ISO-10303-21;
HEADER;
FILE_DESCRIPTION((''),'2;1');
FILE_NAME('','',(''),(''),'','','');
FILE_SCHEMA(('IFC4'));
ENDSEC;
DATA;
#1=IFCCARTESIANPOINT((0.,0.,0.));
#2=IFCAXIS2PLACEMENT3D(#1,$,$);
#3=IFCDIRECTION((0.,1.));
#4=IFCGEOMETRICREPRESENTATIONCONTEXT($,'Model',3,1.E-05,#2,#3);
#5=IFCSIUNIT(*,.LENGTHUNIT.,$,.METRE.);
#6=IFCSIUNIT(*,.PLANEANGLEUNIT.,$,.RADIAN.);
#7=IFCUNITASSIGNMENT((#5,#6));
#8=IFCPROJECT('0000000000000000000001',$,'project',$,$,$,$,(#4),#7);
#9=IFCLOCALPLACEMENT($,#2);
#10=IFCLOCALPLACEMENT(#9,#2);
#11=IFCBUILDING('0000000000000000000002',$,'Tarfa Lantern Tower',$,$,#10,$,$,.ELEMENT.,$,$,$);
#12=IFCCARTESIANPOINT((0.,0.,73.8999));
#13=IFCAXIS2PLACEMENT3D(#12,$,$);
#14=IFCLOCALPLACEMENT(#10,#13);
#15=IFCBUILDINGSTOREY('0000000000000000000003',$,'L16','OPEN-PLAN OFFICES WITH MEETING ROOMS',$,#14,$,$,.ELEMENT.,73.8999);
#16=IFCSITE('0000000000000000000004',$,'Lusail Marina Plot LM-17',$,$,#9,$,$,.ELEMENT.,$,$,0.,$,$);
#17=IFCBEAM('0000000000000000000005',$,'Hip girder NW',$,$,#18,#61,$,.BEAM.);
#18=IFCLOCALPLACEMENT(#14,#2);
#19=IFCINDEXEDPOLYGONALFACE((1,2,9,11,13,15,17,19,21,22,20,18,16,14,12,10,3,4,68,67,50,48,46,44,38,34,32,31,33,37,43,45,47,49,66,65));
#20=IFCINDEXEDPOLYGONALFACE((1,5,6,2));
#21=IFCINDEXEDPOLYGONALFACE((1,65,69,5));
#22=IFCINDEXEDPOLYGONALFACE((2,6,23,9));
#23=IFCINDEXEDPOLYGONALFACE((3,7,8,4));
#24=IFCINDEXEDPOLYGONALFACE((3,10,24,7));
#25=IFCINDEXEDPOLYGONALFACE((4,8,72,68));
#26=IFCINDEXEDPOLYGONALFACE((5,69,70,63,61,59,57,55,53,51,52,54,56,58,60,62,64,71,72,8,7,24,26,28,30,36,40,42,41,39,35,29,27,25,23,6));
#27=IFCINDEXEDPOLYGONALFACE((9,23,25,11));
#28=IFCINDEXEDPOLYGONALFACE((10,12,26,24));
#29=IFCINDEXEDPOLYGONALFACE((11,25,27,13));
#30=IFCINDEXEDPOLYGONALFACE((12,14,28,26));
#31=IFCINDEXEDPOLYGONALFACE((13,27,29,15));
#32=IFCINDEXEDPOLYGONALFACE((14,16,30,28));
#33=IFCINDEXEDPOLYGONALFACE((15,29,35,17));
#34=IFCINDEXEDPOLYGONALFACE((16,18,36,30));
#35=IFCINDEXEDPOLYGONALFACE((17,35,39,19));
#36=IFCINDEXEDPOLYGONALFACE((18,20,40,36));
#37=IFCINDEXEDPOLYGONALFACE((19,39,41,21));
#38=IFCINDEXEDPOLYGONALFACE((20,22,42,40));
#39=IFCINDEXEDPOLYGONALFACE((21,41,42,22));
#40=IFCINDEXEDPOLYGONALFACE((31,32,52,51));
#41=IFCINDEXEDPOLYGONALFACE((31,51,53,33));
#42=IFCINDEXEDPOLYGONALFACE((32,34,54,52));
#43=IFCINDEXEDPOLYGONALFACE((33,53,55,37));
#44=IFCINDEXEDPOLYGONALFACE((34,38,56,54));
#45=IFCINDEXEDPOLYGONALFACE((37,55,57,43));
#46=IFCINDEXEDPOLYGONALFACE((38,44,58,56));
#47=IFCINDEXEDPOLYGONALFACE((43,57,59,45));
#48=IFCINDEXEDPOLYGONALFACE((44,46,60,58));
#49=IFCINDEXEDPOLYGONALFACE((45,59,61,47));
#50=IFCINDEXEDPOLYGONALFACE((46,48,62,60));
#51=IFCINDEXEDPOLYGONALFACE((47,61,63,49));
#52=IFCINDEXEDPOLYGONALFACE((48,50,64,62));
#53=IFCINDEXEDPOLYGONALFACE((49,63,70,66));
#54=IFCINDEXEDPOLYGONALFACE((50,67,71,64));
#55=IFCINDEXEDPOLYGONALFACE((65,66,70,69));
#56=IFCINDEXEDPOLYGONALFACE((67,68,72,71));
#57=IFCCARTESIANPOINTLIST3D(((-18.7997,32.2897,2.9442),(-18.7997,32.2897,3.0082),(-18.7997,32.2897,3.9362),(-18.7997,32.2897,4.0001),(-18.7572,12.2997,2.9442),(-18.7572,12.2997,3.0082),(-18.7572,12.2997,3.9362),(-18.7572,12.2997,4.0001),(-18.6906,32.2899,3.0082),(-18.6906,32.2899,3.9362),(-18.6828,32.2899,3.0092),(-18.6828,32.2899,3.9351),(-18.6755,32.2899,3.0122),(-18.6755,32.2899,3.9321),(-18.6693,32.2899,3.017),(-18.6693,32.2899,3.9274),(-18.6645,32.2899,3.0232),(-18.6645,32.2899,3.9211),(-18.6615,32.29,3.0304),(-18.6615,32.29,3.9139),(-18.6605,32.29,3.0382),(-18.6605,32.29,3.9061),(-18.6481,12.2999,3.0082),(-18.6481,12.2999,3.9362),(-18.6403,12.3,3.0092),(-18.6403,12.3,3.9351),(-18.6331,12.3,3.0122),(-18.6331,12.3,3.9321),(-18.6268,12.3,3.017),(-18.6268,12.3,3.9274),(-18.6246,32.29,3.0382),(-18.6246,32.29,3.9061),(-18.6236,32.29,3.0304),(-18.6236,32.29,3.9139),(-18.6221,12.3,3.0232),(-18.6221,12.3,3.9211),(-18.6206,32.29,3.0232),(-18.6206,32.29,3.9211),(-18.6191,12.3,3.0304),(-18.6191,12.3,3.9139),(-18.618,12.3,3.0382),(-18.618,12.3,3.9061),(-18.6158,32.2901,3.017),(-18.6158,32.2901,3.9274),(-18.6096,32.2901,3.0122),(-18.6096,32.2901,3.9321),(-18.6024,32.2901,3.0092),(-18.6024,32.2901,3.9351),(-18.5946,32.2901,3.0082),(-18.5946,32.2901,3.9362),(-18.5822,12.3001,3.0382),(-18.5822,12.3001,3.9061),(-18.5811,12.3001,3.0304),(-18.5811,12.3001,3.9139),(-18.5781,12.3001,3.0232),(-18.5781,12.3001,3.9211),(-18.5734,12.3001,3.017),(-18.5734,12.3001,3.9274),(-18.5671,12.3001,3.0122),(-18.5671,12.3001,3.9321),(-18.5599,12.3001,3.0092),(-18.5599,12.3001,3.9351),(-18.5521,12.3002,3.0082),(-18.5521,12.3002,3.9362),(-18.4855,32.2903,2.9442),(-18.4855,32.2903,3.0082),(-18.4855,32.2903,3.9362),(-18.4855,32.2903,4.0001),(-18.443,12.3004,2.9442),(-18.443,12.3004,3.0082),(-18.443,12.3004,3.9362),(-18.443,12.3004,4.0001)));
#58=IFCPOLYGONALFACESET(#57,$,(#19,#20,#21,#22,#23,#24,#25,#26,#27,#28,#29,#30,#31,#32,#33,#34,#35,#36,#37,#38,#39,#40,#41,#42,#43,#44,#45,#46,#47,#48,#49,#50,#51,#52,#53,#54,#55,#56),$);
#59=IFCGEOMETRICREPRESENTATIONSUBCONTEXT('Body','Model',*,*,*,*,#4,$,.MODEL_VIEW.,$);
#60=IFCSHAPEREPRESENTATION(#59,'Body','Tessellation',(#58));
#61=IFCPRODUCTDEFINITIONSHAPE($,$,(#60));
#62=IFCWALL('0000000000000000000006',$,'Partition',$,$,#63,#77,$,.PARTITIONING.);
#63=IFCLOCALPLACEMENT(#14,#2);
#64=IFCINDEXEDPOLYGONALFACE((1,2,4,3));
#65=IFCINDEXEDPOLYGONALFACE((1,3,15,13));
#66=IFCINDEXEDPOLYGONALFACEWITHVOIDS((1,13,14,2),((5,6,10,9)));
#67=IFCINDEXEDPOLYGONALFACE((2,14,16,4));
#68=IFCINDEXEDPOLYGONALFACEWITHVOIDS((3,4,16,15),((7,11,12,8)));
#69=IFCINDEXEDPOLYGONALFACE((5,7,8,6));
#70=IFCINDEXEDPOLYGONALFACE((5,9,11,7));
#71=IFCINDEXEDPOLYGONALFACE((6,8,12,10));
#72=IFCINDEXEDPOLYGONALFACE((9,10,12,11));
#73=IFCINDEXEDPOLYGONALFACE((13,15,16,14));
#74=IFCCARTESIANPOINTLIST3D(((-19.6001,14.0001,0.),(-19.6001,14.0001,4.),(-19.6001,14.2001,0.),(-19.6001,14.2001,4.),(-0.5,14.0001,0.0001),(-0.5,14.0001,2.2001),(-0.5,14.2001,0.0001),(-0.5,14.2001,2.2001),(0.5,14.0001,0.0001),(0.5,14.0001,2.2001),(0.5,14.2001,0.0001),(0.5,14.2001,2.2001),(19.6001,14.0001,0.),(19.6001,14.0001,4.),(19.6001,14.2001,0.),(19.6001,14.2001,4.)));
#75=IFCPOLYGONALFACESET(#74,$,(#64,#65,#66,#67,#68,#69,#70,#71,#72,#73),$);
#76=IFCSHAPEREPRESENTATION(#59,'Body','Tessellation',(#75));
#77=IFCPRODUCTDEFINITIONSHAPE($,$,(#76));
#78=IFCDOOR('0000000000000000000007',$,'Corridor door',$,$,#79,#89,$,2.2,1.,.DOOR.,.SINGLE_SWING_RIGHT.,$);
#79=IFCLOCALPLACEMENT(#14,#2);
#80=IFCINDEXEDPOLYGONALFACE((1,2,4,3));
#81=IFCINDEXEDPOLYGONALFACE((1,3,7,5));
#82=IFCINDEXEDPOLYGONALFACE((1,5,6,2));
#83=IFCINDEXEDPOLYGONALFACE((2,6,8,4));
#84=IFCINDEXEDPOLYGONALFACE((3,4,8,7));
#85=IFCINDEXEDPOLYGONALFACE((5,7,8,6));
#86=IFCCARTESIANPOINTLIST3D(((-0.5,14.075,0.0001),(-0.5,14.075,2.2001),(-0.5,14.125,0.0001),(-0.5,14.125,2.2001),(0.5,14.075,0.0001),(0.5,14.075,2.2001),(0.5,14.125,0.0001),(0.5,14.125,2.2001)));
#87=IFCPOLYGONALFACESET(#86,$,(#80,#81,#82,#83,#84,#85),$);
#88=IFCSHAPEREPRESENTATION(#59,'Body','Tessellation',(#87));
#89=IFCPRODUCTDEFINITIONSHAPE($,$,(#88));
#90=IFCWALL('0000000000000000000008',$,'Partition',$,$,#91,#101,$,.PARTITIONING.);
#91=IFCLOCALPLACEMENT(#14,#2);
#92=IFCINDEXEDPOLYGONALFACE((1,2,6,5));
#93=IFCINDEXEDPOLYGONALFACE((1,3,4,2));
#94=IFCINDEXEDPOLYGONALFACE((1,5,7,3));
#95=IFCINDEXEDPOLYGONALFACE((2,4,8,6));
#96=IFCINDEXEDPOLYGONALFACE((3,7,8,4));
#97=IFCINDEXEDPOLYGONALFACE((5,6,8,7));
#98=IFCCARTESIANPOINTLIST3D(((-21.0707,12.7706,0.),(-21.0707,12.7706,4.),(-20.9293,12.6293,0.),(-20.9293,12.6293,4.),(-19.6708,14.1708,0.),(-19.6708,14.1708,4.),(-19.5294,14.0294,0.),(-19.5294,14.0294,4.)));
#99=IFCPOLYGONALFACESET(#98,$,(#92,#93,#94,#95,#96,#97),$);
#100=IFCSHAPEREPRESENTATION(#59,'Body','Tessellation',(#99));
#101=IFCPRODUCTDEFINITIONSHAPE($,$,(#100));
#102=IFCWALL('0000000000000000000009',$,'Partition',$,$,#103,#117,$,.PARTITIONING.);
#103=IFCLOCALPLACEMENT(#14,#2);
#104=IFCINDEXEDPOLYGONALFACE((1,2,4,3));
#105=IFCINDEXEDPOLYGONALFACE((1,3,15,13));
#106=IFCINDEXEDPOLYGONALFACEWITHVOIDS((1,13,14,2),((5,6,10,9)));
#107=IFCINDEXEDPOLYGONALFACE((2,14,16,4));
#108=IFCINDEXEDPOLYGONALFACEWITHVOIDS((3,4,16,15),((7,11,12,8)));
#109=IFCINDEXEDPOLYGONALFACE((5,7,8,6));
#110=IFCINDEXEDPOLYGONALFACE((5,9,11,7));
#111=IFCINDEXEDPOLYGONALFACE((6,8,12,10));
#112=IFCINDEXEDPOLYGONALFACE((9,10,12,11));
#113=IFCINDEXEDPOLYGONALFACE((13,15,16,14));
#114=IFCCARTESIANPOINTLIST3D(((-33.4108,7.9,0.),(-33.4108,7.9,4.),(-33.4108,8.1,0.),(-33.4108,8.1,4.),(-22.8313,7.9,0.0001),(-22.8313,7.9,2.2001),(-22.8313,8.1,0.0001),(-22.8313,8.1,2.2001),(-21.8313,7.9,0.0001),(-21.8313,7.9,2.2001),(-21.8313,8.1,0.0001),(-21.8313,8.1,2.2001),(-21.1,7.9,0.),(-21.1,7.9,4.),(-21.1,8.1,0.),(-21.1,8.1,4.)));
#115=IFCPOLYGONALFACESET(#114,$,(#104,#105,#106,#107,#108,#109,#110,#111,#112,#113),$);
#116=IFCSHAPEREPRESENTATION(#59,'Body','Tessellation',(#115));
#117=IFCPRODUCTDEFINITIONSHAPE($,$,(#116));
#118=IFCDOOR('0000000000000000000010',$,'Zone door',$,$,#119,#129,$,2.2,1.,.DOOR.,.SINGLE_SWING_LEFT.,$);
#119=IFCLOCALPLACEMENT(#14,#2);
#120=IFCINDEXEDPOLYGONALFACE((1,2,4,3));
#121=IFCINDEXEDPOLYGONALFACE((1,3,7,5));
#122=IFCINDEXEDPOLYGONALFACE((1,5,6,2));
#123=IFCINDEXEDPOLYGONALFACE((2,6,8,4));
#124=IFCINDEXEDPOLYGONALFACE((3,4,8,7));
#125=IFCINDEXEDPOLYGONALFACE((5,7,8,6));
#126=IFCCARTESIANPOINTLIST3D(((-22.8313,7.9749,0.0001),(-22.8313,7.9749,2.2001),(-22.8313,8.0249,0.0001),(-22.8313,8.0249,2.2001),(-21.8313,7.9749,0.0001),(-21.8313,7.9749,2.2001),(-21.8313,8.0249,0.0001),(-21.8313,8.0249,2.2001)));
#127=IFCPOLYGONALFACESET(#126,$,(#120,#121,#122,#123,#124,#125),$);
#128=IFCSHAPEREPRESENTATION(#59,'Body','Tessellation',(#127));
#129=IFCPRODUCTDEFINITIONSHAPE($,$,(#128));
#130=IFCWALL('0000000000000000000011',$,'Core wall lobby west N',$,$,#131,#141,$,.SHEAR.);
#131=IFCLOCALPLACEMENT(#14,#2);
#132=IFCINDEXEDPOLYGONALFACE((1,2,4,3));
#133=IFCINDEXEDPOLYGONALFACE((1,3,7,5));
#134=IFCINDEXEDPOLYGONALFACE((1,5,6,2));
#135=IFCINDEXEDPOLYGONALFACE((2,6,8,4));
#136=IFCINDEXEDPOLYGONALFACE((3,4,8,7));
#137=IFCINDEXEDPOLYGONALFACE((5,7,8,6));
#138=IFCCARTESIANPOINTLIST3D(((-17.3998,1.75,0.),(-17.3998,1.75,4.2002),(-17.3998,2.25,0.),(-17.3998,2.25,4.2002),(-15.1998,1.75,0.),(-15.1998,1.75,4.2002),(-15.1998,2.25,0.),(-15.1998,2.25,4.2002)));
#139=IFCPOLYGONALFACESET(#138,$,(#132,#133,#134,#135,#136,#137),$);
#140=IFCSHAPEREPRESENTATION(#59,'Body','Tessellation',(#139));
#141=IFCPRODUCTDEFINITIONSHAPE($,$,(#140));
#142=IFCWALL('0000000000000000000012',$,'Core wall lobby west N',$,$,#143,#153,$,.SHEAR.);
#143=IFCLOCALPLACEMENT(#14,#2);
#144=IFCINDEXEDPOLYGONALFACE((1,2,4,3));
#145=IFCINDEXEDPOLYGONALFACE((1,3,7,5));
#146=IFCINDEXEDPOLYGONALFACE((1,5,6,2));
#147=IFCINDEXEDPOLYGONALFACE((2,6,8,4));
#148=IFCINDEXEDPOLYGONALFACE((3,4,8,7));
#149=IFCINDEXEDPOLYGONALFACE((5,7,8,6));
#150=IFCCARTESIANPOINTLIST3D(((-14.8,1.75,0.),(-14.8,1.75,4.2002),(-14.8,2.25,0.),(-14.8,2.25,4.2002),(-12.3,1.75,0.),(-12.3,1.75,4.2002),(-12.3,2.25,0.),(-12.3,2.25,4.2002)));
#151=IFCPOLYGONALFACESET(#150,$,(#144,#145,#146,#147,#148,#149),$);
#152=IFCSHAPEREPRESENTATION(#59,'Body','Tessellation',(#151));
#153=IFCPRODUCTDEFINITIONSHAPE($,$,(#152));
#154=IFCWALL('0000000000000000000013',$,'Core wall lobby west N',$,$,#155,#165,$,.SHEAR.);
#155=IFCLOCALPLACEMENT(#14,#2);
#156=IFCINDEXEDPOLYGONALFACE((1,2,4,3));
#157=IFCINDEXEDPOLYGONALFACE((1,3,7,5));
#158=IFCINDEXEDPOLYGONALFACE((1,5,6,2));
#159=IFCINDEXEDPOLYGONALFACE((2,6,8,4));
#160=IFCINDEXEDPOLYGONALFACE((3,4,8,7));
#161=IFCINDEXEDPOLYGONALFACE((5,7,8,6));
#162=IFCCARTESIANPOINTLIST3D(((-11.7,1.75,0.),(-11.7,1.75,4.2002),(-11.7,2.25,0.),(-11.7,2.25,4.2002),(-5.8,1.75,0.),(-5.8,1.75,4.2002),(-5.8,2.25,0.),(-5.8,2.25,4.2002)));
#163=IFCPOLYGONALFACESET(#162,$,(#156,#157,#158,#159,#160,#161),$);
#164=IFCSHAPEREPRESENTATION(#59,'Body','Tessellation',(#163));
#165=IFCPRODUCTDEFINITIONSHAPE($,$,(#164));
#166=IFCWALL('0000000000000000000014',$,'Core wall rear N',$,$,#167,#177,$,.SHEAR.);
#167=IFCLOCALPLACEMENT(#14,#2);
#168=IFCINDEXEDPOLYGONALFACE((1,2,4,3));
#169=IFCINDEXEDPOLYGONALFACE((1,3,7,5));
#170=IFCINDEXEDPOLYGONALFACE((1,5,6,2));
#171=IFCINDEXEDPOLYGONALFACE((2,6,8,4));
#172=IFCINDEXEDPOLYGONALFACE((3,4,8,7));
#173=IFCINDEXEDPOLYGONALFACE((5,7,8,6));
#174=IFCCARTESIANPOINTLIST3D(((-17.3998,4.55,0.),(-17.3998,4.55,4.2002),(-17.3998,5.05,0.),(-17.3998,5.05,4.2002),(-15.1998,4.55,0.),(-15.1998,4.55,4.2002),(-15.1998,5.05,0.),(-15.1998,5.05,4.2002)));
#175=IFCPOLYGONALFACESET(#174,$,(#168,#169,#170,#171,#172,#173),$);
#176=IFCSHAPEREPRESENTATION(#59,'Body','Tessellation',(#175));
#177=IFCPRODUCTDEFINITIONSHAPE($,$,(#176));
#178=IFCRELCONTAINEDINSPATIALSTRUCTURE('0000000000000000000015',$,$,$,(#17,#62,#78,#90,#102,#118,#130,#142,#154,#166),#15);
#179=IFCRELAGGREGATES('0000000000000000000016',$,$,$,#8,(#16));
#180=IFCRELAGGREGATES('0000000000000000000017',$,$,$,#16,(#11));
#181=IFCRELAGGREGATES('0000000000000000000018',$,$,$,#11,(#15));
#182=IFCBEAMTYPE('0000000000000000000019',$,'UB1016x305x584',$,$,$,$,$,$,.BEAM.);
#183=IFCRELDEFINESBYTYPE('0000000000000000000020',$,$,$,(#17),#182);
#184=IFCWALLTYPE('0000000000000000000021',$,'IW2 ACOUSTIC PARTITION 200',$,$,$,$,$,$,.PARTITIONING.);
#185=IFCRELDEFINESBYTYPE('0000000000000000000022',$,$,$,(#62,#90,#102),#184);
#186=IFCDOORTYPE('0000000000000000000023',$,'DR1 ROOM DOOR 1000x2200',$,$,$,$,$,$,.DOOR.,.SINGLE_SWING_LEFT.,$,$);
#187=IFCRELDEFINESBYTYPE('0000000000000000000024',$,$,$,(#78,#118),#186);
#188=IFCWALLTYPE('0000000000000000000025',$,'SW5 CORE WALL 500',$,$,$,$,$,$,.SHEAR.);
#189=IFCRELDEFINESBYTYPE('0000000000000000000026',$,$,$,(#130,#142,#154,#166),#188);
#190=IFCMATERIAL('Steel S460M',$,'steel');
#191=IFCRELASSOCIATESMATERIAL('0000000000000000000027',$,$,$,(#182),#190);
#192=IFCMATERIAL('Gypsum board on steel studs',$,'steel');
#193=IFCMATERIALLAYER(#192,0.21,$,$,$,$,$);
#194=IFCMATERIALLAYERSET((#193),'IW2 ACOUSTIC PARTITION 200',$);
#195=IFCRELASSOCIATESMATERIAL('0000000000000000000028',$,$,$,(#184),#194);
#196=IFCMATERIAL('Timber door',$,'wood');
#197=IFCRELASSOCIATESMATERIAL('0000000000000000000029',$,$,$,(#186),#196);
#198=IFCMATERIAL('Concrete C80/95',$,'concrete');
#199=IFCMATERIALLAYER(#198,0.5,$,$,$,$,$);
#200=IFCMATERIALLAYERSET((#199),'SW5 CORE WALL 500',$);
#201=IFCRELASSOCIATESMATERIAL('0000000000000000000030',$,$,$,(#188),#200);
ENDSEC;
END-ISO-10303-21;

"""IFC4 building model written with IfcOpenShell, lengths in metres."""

from ifc_helpers import new_model, si_unit, direction, frame, frame_2d, origin, origin_2d, place, context, subcontext, project, spatial, rectangle, i_section, extrude, material, layer, layer_set, material_profile, profile_set, type_object, element, fill, save


model = new_model("IFC4")

# Units and contexts
model_context = context("Model", 3, precision=1e-05, world=origin(), true_north=direction((0.0, 1.0)))
body_context = subcontext(model_context, "Body", "Model", "MODEL_VIEW")
ifc_project = project(units=[si_unit("LENGTHUNIT", "METRE"), si_unit("PLANEANGLEUNIT", "RADIAN")], contexts=[model_context])

# Site, building, storey
site_placement = place(None, origin())
site = spatial("IfcSite", under=ifc_project, at=site_placement, Name="Lusail Marina Plot LM-17", CompositionType="ELEMENT", RefElevation=0.0)
building_placement = place(site_placement, origin())
building = spatial("IfcBuilding", under=site, at=building_placement, Name="Tarfa Lantern Tower", CompositionType="ELEMENT")
storey_placement = place(building_placement, frame((0.0, 0.0, 73.8999)))
storey = spatial("IfcBuildingStorey", under=building, at=storey_placement, Name="L16", Description="OPEN-PLAN OFFICES WITH MEETING ROOMS", CompositionType="ELEMENT", Elevation=73.8999)

# Beam
ifc_material_1 = material(Name="Steel S460M", Category="steel")
ifc_material_profile = material_profile(ifc_material_1, i_section(OverallWidth=0.3142, OverallDepth=1.0559, WebThickness=0.0359, FlangeThickness=0.064, FilletRadius=0.03, at=origin_2d()), Name="UB1016x305x584")
ifc_profile_set = profile_set([ifc_material_profile], Name="Steel S460M")
beam_type = type_object("IfcBeamType", Name="UB1016x305x584", PredefinedType="BEAM", material=ifc_profile_set)
beam_placement = place(storey_placement, frame((-18.6001, 12.3, 3.4722), z_axis=(-0.002125, 0.999998, 0.0), x_axis=(-0.999998, -0.002125, 0.0)))
element("IfcBeam", 1, at=beam_placement, inside=storey, type_object=beam_type, Name="Hip girder NW", PredefinedType="BEAM", context=body_context, shape_type="SweptSolid", body=[
    extrude(i_section(OverallWidth=0.3142, OverallDepth=1.0559, WebThickness=0.0359, FlangeThickness=0.064, FilletRadius=0.03, at=origin_2d()), origin(), (0.0, 0.0, 1.0), 19.99),
])

# Wall, opening, door
ifc_material_2 = material(Name="Gypsum board on steel studs", Category="steel")
ifc_layer_1 = layer(ifc_material_2, 0.21)
ifc_layer_set_1 = layer_set([ifc_layer_1], Name="IW2 ACOUSTIC PARTITION 200")
wall_type_1 = type_object("IfcWallType", Name="IW2 ACOUSTIC PARTITION 200", PredefinedType="PARTITIONING", material=ifc_layer_set_1)
wall_1_placement = place(storey_placement, frame((-19.6001, 14.1001, 0.0), z_axis=(0.0, 0.0, 1.0), x_axis=(1.0, 0.0, 0.0)))
wall_1 = element("IfcWall", 2, at=wall_1_placement, inside=storey, type_object=wall_type_1, Name="Partition", PredefinedType="PARTITIONING", context=body_context, shape_type="SweptSolid", body=[
    extrude(rectangle(XDim=39.2002, YDim=0.2, at=frame_2d((19.6001, 0.0))), origin(), (0.0, 0.0, 1.0), 4.0),
])
opening_1_placement = place(wall_1_placement, frame((19.1001, 0.0, 0.0)))
opening_1 = element("IfcOpeningElement", 3, at=opening_1_placement, cuts=wall_1, PredefinedType="OPENING", context=body_context, shape_type="SweptSolid", body=[
    extrude(rectangle(XDim=1.0, YDim=2.2, at=frame_2d((0.5, 1.1001))), frame((0.0, 0.1099, 0.0), z_axis=(0.0, -1.0, 0.0), x_axis=(1.0, 0.0, 0.0)), (0.0, 0.0, 1.0), 0.22),
])
ifc_material_3 = material(Name="Timber door", Category="wood")
door_type_1 = type_object("IfcDoorType", Name="DR1 ROOM DOOR 1000x2200", OperationType="SINGLE_SWING_LEFT", PredefinedType="DOOR", material=ifc_material_3)
door_1_placement = place(opening_1_placement, origin())
door_1 = element("IfcDoor", 4, at=door_1_placement, inside=storey, type_object=door_type_1, Name="Corridor door", OperationType="SINGLE_SWING_RIGHT", OverallHeight=2.2, OverallWidth=1.0, PredefinedType="DOOR", context=body_context, shape_type="SweptSolid", body=[
    extrude(rectangle(XDim=1.0, YDim=2.2, at=frame_2d((0.5, 1.1001))), frame((0.0, 0.0249, 0.0), z_axis=(0.0, -1.0, 0.0), x_axis=(1.0, 0.0, 0.0)), (0.0, 0.0, 1.0), 0.05),
])
fill(opening_1, door_1)

# Wall
wall_2_placement = place(storey_placement, frame((-21.0, 12.7, 0.0), z_axis=(0.0, 0.0, 1.0), x_axis=(0.707045, 0.707168, 0.0)))
element("IfcWall", 5, at=wall_2_placement, inside=storey, type_object=wall_type_1, Name="Partition", PredefinedType="PARTITIONING", context=body_context, shape_type="SweptSolid", body=[
    extrude(rectangle(XDim=1.98, YDim=0.2, at=frame_2d((0.99, 0.0))), origin(), (0.0, 0.0, 1.0), 4.0),
])

# Wall, opening, door
wall_3_placement = place(storey_placement, frame((-21.1001, 8.0, 0.0), z_axis=(0.0, 0.0, 1.0), x_axis=(-1.0, 0.0, 0.0)))
wall_3 = element("IfcWall", 6, at=wall_3_placement, inside=storey, type_object=wall_type_1, Name="Partition", PredefinedType="PARTITIONING", context=body_context, shape_type="SweptSolid", body=[
    extrude(rectangle(XDim=12.3108, YDim=0.2, at=frame_2d((6.1553, 0.0))), origin(), (0.0, 0.0, 1.0), 4.0),
])
opening_2_placement = place(wall_3_placement, frame((0.7312, 0.0, 0.0)))
opening_2 = element("IfcOpeningElement", 7, at=opening_2_placement, cuts=wall_3, PredefinedType="OPENING", context=body_context, shape_type="SweptSolid", body=[
    extrude(rectangle(XDim=1.0, YDim=2.2, at=frame_2d((0.5, 1.1001))), frame((0.0, 0.1099, 0.0), z_axis=(0.0, -1.0, 0.0), x_axis=(1.0, 0.0, 0.0)), (0.0, 0.0, 1.0), 0.22),
])
door_2_placement = place(opening_2_placement, frame((1.0, 0.0, 0.0), z_axis=(0.0, 0.0, 1.0), x_axis=(-1.0, 0.0, 0.0)))
door_2 = element("IfcDoor", 8, at=door_2_placement, inside=storey, type_object=door_type_1, Name="Zone door", OperationType="SINGLE_SWING_LEFT", OverallHeight=2.2, OverallWidth=1.0, PredefinedType="DOOR", context=body_context, shape_type="SweptSolid", body=[
    extrude(rectangle(XDim=1.0, YDim=2.2, at=frame_2d((0.5, 1.1001))), frame((0.0, 0.0249, 0.0), z_axis=(0.0, -1.0, 0.0), x_axis=(1.0, 0.0, 0.0)), (0.0, 0.0, 1.0), 0.05),
])
fill(opening_2, door_2)
ifc_material_4 = material(Name="Concrete C80/95", Category="concrete")

# Walls
ifc_layer_2 = layer(ifc_material_4, 0.5)
ifc_layer_set_2 = layer_set([ifc_layer_2], Name="SW5 CORE WALL 500")
wall_type_2 = type_object("IfcWallType", Name="SW5 CORE WALL 500", PredefinedType="SHEAR", material=ifc_layer_set_2)
wall_4_placement = place(storey_placement, frame((-17.3999, 2.0, 0.0), z_axis=(0.0, 0.0, 1.0), x_axis=(1.0, 0.0, 0.0)))
element("IfcWall", 9, at=wall_4_placement, inside=storey, type_object=wall_type_2, Name="Core wall lobby west N", PredefinedType="SHEAR", context=body_context, shape_type="SweptSolid", body=[
    extrude(rectangle(XDim=2.2, YDim=0.5, at=frame_2d((1.1001, 0.0))), origin(), (0.0, 0.0, 1.0), 4.2002),
])
wall_5_placement = place(storey_placement, frame((-14.8, 2.0, 0.0), z_axis=(0.0, 0.0, 1.0), x_axis=(1.0, 0.0, 0.0)))
element("IfcWall", 10, at=wall_5_placement, inside=storey, type_object=wall_type_2, Name="Core wall lobby west N", PredefinedType="SHEAR", context=body_context, shape_type="SweptSolid", body=[
    extrude(rectangle(XDim=2.5, YDim=0.5, at=frame_2d((1.25, 0.0))), origin(), (0.0, 0.0, 1.0), 4.2002),
])
wall_6_placement = place(storey_placement, frame((-11.7, 2.0, 0.0), z_axis=(0.0, 0.0, 1.0), x_axis=(1.0, 0.0, 0.0)))
element("IfcWall", 11, at=wall_6_placement, inside=storey, type_object=wall_type_2, Name="Core wall lobby west N", PredefinedType="SHEAR", context=body_context, shape_type="SweptSolid", body=[
    extrude(rectangle(XDim=5.8999, YDim=0.5, at=frame_2d((2.95, 0.0))), origin(), (0.0, 0.0, 1.0), 4.2002),
])
wall_7_placement = place(storey_placement, frame((-17.3999, 4.8, 0.0), z_axis=(0.0, 0.0, 1.0), x_axis=(1.0, 0.0, 0.0)))
element("IfcWall", 12, at=wall_7_placement, inside=storey, type_object=wall_type_2, Name="Core wall rear N", PredefinedType="SHEAR", context=body_context, shape_type="SweptSolid", body=[
    extrude(rectangle(XDim=2.2, YDim=0.5, at=frame_2d((1.1001, 0.0))), origin(), (0.0, 0.0, 1.0), 4.2002),
])

save(model, "model.ifc")
